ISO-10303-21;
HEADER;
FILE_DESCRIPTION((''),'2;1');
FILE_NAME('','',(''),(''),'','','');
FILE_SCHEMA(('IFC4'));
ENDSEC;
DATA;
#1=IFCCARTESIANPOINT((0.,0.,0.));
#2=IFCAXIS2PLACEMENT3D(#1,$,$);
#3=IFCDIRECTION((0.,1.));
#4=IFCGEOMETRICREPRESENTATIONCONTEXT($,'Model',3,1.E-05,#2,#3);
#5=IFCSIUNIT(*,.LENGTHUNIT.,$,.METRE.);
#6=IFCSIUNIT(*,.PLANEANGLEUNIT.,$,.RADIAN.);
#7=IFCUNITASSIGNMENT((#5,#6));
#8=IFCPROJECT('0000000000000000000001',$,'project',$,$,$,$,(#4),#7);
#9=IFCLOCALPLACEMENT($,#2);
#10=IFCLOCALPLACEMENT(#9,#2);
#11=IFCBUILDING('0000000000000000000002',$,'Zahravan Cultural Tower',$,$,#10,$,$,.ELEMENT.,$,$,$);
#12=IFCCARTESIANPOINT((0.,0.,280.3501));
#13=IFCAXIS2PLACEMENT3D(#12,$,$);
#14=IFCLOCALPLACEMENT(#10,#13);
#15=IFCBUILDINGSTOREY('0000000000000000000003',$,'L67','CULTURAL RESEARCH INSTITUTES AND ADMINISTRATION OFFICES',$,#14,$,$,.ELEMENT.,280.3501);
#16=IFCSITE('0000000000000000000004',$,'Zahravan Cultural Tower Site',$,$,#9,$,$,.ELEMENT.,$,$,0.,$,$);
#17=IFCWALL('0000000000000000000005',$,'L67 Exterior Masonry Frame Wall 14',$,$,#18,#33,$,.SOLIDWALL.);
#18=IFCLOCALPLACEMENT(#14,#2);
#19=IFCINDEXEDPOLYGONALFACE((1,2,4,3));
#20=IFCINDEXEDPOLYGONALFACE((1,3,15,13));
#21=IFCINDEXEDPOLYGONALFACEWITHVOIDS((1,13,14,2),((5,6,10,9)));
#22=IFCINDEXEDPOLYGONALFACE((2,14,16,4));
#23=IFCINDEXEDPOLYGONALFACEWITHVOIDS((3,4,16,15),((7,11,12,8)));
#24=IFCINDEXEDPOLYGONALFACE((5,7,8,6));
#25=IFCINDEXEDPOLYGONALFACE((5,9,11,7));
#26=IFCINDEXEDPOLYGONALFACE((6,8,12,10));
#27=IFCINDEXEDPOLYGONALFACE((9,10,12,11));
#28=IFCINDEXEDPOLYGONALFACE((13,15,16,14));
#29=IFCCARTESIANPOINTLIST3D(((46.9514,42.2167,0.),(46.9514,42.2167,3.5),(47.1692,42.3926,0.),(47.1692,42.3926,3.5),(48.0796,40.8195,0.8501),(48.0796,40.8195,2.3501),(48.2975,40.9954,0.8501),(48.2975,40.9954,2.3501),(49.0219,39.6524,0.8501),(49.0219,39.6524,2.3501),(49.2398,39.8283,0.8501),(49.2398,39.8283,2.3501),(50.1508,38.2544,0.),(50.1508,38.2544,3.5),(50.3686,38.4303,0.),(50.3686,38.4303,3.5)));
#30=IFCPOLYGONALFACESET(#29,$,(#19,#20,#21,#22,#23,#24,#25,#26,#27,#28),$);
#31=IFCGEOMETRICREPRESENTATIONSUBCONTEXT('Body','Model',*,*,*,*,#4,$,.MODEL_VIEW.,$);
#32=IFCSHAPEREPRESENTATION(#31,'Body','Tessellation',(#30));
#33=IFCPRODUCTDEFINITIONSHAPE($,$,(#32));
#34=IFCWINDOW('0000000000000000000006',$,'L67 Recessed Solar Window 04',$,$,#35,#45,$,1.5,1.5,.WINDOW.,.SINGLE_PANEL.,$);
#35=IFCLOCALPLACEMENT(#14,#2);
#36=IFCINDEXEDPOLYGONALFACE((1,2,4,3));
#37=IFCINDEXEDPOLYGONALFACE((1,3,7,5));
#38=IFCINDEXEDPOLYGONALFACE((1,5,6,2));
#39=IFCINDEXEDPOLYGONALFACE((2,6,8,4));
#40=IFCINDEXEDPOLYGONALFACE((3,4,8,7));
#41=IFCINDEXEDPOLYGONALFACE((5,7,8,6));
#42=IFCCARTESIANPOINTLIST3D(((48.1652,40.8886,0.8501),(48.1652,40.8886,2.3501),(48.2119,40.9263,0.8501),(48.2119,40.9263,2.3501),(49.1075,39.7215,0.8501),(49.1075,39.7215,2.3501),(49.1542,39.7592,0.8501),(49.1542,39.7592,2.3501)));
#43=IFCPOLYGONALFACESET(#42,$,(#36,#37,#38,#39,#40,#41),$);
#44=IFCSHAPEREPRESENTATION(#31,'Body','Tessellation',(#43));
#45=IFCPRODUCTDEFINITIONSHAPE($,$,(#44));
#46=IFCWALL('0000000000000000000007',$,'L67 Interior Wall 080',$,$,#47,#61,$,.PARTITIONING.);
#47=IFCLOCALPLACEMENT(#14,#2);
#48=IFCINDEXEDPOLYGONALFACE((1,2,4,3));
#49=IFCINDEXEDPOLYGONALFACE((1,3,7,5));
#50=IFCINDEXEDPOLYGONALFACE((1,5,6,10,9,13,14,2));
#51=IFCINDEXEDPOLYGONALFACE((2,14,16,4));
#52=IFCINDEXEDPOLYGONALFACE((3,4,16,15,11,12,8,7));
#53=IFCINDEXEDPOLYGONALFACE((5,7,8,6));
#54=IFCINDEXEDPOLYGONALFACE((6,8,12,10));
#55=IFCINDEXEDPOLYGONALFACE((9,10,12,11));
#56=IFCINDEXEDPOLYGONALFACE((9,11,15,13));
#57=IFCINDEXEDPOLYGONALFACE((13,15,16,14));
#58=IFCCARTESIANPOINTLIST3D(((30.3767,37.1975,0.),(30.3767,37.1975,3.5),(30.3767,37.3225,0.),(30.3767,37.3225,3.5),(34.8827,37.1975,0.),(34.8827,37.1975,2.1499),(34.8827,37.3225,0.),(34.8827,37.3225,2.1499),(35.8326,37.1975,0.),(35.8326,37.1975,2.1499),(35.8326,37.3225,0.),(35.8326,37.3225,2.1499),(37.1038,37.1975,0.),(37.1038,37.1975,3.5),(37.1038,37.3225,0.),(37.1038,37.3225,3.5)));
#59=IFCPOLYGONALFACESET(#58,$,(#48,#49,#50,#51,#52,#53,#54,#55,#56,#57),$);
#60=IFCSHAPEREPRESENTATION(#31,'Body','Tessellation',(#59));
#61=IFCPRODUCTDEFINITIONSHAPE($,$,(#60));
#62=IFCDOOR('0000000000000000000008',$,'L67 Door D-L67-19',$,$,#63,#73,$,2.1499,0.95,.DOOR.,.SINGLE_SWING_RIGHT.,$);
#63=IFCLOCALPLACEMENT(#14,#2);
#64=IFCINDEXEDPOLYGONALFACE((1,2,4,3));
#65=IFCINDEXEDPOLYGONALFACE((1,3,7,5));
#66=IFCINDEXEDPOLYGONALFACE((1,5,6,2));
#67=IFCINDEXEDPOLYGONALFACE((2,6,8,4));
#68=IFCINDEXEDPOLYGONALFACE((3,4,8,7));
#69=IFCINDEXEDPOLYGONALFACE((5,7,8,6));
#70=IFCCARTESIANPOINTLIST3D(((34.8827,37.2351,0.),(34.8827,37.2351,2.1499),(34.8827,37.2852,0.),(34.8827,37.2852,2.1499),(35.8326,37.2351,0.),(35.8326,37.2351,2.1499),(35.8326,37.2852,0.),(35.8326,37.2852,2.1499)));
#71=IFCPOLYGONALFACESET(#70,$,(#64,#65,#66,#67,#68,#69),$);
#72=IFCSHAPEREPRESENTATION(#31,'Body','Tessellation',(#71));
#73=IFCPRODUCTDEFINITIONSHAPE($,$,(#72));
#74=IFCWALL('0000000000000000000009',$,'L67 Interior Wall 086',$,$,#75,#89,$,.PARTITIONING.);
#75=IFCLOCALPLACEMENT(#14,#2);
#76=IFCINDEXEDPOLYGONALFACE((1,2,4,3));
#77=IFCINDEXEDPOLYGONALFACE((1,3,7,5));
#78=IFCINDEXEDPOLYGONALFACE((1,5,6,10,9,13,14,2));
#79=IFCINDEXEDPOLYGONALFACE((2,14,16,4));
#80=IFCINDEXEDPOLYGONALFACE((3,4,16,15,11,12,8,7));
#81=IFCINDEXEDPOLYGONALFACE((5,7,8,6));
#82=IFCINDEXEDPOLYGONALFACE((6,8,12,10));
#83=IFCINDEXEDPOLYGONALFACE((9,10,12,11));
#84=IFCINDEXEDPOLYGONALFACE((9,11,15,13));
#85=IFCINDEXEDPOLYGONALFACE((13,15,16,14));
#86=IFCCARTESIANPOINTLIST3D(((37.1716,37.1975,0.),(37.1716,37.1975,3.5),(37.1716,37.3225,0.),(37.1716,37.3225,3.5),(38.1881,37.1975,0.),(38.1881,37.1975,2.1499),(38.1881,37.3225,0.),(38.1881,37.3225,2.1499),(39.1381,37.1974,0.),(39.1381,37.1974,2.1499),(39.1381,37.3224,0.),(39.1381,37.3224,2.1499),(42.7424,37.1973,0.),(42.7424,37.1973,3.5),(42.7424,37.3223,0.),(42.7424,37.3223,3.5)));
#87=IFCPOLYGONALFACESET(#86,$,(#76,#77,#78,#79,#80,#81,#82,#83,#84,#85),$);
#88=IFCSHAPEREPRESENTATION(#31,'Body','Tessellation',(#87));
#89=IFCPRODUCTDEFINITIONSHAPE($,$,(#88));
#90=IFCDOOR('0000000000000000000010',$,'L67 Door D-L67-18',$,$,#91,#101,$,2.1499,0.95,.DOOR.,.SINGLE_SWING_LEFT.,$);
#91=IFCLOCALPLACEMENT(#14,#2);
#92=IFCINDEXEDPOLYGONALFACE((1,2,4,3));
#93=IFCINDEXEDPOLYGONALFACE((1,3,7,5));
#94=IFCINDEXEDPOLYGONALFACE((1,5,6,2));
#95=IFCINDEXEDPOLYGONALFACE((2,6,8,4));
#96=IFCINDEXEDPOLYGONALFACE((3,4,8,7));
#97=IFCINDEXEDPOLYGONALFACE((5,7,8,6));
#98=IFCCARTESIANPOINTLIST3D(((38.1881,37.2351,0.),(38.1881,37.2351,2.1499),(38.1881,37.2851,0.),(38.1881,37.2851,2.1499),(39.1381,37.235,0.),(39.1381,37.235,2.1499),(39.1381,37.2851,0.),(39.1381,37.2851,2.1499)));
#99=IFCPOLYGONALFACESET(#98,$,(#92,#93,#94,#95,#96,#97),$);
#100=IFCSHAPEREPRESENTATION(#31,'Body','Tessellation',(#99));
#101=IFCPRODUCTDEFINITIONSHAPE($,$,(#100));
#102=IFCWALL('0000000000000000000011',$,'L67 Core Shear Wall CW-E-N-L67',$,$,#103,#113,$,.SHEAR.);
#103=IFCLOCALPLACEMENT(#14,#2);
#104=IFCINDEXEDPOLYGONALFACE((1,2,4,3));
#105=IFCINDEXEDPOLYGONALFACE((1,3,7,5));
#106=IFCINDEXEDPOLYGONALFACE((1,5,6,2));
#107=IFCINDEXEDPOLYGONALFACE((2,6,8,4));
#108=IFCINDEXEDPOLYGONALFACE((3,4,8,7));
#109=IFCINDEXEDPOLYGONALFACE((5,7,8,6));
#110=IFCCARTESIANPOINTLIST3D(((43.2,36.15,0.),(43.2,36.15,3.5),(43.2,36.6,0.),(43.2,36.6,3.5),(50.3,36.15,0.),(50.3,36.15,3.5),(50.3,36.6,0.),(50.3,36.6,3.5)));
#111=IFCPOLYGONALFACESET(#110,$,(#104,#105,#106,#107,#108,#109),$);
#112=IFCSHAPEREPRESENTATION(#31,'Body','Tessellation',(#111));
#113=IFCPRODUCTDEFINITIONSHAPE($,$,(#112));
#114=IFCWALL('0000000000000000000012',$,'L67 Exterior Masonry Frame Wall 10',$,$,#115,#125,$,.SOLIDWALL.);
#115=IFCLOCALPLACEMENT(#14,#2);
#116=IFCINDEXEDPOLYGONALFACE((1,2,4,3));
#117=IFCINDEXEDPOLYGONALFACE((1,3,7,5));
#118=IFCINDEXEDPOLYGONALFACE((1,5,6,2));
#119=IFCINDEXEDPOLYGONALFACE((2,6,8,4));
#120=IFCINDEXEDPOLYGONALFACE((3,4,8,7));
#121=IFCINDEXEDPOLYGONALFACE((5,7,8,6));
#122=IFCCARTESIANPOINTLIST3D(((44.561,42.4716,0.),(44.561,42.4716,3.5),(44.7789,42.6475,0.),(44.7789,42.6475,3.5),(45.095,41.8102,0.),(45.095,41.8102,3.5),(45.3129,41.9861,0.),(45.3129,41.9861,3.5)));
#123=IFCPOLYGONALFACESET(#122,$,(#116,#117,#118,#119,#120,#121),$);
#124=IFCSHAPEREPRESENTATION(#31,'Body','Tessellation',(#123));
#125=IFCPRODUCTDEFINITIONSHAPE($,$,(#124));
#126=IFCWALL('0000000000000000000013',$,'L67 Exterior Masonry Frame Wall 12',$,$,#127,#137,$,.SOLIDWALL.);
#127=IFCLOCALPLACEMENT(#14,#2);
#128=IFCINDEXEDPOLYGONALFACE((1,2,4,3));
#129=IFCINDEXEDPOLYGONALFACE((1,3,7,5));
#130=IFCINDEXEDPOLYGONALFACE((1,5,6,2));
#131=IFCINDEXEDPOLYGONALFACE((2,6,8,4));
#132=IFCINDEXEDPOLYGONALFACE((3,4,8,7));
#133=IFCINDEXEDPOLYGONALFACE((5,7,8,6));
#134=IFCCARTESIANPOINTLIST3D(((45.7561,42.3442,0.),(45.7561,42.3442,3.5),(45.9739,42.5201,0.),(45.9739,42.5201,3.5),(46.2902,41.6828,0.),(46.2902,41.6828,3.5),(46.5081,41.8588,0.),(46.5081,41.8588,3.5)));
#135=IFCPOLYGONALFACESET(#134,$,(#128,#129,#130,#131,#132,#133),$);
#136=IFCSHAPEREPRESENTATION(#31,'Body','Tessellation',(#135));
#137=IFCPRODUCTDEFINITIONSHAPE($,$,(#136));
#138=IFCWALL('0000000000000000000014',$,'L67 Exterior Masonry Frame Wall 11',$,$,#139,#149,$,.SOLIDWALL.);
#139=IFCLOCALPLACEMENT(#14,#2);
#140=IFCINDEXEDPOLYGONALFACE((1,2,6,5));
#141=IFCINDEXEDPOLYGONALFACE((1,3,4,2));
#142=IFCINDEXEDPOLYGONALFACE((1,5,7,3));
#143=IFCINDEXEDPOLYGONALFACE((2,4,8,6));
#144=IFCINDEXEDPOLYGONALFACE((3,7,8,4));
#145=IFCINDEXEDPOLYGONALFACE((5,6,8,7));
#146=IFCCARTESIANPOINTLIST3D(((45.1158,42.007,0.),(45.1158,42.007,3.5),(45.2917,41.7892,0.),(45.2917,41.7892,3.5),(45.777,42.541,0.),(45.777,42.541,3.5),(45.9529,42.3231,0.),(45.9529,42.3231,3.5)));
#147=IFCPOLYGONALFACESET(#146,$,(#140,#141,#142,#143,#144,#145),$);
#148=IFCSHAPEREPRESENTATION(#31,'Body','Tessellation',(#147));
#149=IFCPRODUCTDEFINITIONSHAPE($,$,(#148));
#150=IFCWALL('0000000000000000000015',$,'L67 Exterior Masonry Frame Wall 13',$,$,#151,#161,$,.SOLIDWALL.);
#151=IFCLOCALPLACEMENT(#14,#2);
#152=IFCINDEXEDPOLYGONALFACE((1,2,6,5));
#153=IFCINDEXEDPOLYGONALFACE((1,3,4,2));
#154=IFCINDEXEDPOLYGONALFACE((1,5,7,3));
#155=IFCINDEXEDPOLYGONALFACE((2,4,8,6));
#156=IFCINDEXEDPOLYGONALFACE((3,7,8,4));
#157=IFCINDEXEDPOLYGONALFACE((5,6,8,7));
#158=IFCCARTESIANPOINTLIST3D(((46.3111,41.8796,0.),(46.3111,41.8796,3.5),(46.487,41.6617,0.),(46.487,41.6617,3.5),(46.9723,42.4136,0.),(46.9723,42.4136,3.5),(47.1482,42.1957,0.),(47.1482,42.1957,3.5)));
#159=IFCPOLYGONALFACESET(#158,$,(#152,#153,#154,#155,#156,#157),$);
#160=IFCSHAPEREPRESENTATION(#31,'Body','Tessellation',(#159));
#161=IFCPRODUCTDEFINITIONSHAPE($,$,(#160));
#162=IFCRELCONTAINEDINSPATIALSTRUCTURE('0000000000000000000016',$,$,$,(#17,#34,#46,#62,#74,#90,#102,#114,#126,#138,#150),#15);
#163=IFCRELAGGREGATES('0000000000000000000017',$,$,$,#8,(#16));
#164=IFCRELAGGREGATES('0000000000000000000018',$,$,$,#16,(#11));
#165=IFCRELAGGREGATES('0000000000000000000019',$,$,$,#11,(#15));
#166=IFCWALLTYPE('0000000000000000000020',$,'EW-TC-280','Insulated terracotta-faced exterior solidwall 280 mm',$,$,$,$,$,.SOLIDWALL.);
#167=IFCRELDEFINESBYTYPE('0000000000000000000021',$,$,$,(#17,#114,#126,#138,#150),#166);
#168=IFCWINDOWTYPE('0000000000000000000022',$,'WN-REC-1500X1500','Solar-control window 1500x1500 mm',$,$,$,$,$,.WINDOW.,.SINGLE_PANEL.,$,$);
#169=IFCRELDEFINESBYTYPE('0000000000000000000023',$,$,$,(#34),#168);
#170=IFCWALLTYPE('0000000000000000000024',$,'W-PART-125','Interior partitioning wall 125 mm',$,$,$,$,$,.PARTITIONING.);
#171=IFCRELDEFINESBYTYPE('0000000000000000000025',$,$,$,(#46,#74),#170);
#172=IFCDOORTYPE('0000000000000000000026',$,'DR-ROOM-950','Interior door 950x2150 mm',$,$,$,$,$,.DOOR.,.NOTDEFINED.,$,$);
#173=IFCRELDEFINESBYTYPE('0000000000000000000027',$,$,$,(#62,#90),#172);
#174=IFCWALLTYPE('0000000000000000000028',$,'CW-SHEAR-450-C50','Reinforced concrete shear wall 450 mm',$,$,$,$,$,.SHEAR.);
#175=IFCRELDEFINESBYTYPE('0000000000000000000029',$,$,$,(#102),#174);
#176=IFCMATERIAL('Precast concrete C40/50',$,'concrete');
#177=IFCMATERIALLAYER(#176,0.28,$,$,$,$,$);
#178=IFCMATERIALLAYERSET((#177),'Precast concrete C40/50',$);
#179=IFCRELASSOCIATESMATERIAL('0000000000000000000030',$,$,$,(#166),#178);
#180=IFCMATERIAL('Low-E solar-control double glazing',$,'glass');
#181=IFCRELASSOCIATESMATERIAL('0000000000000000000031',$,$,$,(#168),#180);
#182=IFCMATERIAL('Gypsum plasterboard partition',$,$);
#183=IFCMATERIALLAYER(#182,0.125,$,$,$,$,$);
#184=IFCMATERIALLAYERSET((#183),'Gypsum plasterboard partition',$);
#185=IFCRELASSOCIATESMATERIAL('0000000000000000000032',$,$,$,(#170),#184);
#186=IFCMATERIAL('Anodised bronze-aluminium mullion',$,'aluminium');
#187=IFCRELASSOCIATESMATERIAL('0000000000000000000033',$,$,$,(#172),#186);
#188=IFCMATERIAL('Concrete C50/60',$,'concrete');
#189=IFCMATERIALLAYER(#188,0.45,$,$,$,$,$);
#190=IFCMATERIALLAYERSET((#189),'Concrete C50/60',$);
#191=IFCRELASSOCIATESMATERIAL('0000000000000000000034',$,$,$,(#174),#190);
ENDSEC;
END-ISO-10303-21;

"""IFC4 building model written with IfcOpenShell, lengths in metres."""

from ifc_helpers import new_model, si_unit, direction, frame, frame_2d, origin, place, context, subcontext, project, spatial, rectangle, extrude, source, transform, mapped, material, layer, layer_set, type_object, element, fill, save


model = new_model("IFC4")

# Units and contexts
model_context = context("Model", 3, precision=1e-05, world=origin(), true_north=direction((0.0, 1.0)))
body_context = subcontext(model_context, "Body", "Model", "MODEL_VIEW")
ifc_project = project(units=[si_unit("LENGTHUNIT", "METRE"), si_unit("PLANEANGLEUNIT", "RADIAN")], contexts=[model_context])

# Site, building, storey
site_placement = place(None, origin())
site = spatial("IfcSite", under=ifc_project, at=site_placement, Name="Zahravan Cultural Tower Site", CompositionType="ELEMENT", RefElevation=0.0)
building_placement = place(site_placement, origin())
building = spatial("IfcBuilding", under=site, at=building_placement, Name="Zahravan Cultural Tower", CompositionType="ELEMENT")
storey_placement = place(building_placement, frame((0.0, 0.0, 280.3501)))
storey = spatial("IfcBuildingStorey", under=building, at=storey_placement, Name="L67", Description="CULTURAL RESEARCH INSTITUTES AND ADMINISTRATION OFFICES", CompositionType="ELEMENT", Elevation=280.3501)

# Shared definitions
ifc_material_1 = material(Name="Concrete C50/60", Category="concrete")

# Wall, opening, window
ifc_material_2 = material(Name="Precast concrete C40/50", Category="concrete")
ifc_layer_1 = layer(ifc_material_2, 0.28)
ifc_layer_set_1 = layer_set([ifc_layer_1], Name="Precast concrete C40/50")
wall_type_1 = type_object("IfcWallType", Name="EW-TC-280", Description="Insulated terracotta-faced exterior solidwall 280 mm", PredefinedType="SOLIDWALL", material=ifc_layer_set_1)
ifc_material_3 = material(Name="Low-E solar-control double glazing", Category="glass")
window_type = type_object("IfcWindowType", Name="WN-REC-1500X1500", Description="Solar-control window 1500x1500 mm", PartitioningType="SINGLE_PANEL", PredefinedType="WINDOW", material=ifc_material_3)
shared_shape_1 = source(origin(), body_context, "Body", "SweptSolid", [
    extrude(rectangle(XDim=1.5, YDim=1.5, at=frame_2d((0.75, 0.75))), frame((0.0, 0.03, 0.0), z_axis=(0.0, -1.0, 0.0), x_axis=(1.0, 0.0, 0.0)), (0.0, 0.0, 1.0), 0.0601),
])
wall_1_placement = place(storey_placement, frame((47.0603, 42.3047, 0.0), z_axis=(0.0, 0.0, 1.0), x_axis=(0.628226, -0.778031, 0.0)))
wall_1 = element("IfcWall", 1, at=wall_1_placement, inside=storey, type_object=wall_type_1, Name="L67 Exterior Masonry Frame Wall 14", PredefinedType="SOLIDWALL", context=body_context, shape_type="SweptSolid", body=[
    extrude(rectangle(XDim=5.0928, YDim=0.28, at=frame_2d((2.5464, 0.0))), origin(), (0.0, 0.0, 1.0), 3.5),
])
opening_1_placement = place(wall_1_placement, frame((1.7959, 0.0, 0.8501)))
opening_1 = element("IfcOpeningElement", 2, at=opening_1_placement, cuts=wall_1, PredefinedType="OPENING", context=body_context, shape_type="SweptSolid", body=[
    extrude(rectangle(XDim=1.5, YDim=1.5, at=frame_2d((0.75, 0.75))), frame((0.0, 0.1499, 0.0), z_axis=(0.0, -1.0, 0.0), x_axis=(1.0, 0.0, 0.0)), (0.0, 0.0, 1.0), 0.3),
])
window_1_placement = place(opening_1_placement, origin())
window_1 = element("IfcWindow", 3, at=window_1_placement, inside=storey, type_object=window_type, Name="L67 Recessed Solar Window 04", OverallHeight=1.5, OverallWidth=1.5, PartitioningType="SINGLE_PANEL", PredefinedType="WINDOW", context=body_context, shape_type="MappedRepresentation", body=[
    mapped(shared_shape_1, transform((0.0, 0.0, 0.0), x_axis=(1.0, 0.0, 0.0), y_axis=(0.0, 1.0, 0.0), z_axis=(0.0, 0.0, 1.0), scale=1.0)),
])
fill(opening_1, window_1)

# Walls, openings, doors
ifc_material_4 = material(Name="Gypsum plasterboard partition")
ifc_layer_2 = layer(ifc_material_4, 0.125)
ifc_layer_set_2 = layer_set([ifc_layer_2], Name="Gypsum plasterboard partition")
wall_type_2 = type_object("IfcWallType", Name="W-PART-125", Description="Interior partitioning wall 125 mm", PredefinedType="PARTITIONING", material=ifc_layer_set_2)
wall_2_placement = place(storey_placement, frame((37.1038, 37.26, 0.0), z_axis=(0.0, 0.0, 1.0), x_axis=(-1.0, 0.0, 0.0)))
wall_2 = element("IfcWall", 4, at=wall_2_placement, inside=storey, type_object=wall_type_2, Name="L67 Interior Wall 080", PredefinedType="PARTITIONING", context=body_context, shape_type="SweptSolid", body=[
    extrude(rectangle(XDim=6.7271, YDim=0.125, at=frame_2d((3.3635, 0.0))), origin(), (0.0, 0.0, 1.0), 3.5),
])
opening_2_placement = place(wall_2_placement, frame((1.271, 0.0, 0.0)))
opening_2 = element("IfcOpeningElement", 5, at=opening_2_placement, cuts=wall_2, PredefinedType="OPENING", context=body_context, shape_type="SweptSolid", body=[
    extrude(rectangle(XDim=0.95, YDim=2.1499, at=frame_2d((0.4751, 1.075))), frame((0.0, 0.0725, 0.0), z_axis=(0.0, -1.0, 0.0), x_axis=(1.0, 0.0, 0.0)), (0.0, 0.0, 1.0), 0.145),
])
ifc_material_5 = material(Name="Anodised bronze-aluminium mullion", Category="aluminium")
door_type = type_object("IfcDoorType", Name="DR-ROOM-950", Description="Interior door 950x2150 mm", OperationType="NOTDEFINED", PredefinedType="DOOR", material=ifc_material_5)
shared_shape_2 = source(origin(), body_context, "Body", "SweptSolid", [
    extrude(rectangle(XDim=0.95, YDim=2.1499, at=frame_2d((0.4751, 1.075))), frame((0.0, 0.0249, 0.0), z_axis=(0.0, -1.0, 0.0), x_axis=(1.0, 0.0, 0.0)), (0.0, 0.0, 1.0), 0.05),
])
door_1_placement = place(opening_2_placement, origin())
door_1 = element("IfcDoor", 6, at=door_1_placement, inside=storey, type_object=door_type, Name="L67 Door D-L67-19", OperationType="SINGLE_SWING_RIGHT", OverallHeight=2.1499, OverallWidth=0.95, PredefinedType="DOOR", context=body_context, shape_type="MappedRepresentation", body=[
    mapped(shared_shape_2, transform((0.0, 0.0, 0.0), x_axis=(1.0, 0.0, 0.0), y_axis=(0.0, 1.0, 0.0), z_axis=(0.0, 0.0, 1.0), scale=1.0)),
])
fill(opening_2, door_1)
wall_3_placement = place(storey_placement, frame((42.7424, 37.2598, 0.0), z_axis=(0.0, 0.0, 1.0), x_axis=(-1.0, 0.000044, 0.0)))
wall_3 = element("IfcWall", 7, at=wall_3_placement, inside=storey, type_object=wall_type_2, Name="L67 Interior Wall 086", PredefinedType="PARTITIONING", context=body_context, shape_type="SweptSolid", body=[
    extrude(rectangle(XDim=5.5708, YDim=0.125, at=frame_2d((2.7854, 0.0))), origin(), (0.0, 0.0, 1.0), 3.5),
])
opening_3_placement = place(wall_3_placement, frame((3.6042, 0.0, 0.0)))
opening_3 = element("IfcOpeningElement", 8, at=opening_3_placement, cuts=wall_3, PredefinedType="OPENING", context=body_context, shape_type="SweptSolid", body=[
    extrude(rectangle(XDim=0.95, YDim=2.1499, at=frame_2d((0.4751, 1.075))), frame((0.0, 0.0725, 0.0), z_axis=(0.0, -1.0, 0.0), x_axis=(1.0, 0.0, 0.0)), (0.0, 0.0, 1.0), 0.145),
])
door_2_placement = place(opening_3_placement, origin())
door_2 = element("IfcDoor", 9, at=door_2_placement, inside=storey, type_object=door_type, Name="L67 Door D-L67-18", OperationType="SINGLE_SWING_LEFT", OverallHeight=2.1499, OverallWidth=0.95, PredefinedType="DOOR", context=body_context, shape_type="MappedRepresentation", body=[
    mapped(shared_shape_2, transform((0.0, 0.0, 0.0), x_axis=(1.0, 0.0, 0.0), y_axis=(0.0, 1.0, 0.0), z_axis=(0.0, 0.0, 1.0), scale=1.0)),
])
fill(opening_3, door_2)

# Walls
ifc_layer_3 = layer(ifc_material_1, 0.45)
ifc_layer_set_3 = layer_set([ifc_layer_3], Name="Concrete C50/60")
wall_type_3 = type_object("IfcWallType", Name="CW-SHEAR-450-C50", Description="Reinforced concrete shear wall 450 mm", PredefinedType="SHEAR", material=ifc_layer_set_3)
shared_shape_3 = source(origin(), body_context, "Body", "SweptSolid", [
    extrude(rectangle(XDim=7.1001, YDim=0.45, at=frame_2d((3.55, 0.0))), origin(), (0.0, 0.0, 1.0), 3.5),
])
wall_4_placement = place(storey_placement, frame((43.2, 36.375, 0.0), z_axis=(0.0, 0.0, 1.0), x_axis=(1.0, 0.0, 0.0)))
element("IfcWall", 10, at=wall_4_placement, inside=storey, type_object=wall_type_3, Name="L67 Core Shear Wall CW-E-N-L67", PredefinedType="SHEAR", context=body_context, shape_type="MappedRepresentation", body=[
    mapped(shared_shape_3, transform((0.0, 0.0, 0.0), x_axis=(1.0, 0.0, 0.0), y_axis=(0.0, 1.0, 0.0), z_axis=(0.0, 0.0, 1.0), scale=1.0)),
])
shared_shape_4 = source(origin(), body_context, "Body", "SweptSolid", [
    extrude(rectangle(XDim=0.8501, YDim=0.28, at=frame_2d((0.425, 0.0))), origin(), (0.0, 0.0, 1.0), 3.5),
])
for number, where, z_axis, x_axis, name in (
    (11, (44.6699, 42.5596, 0.0), (0.0, 0.0, 1.0), (0.628157, -0.778087, 0.0), "L67 Exterior Masonry Frame Wall 10"),
    (12, (45.865, 42.4321, 0.0), (0.0, 0.0, 1.0), (0.62833, -0.777947, 0.0), "L67 Exterior Masonry Frame Wall 12"),
):
    element("IfcWall", number, at=place(storey_placement, frame(where, z_axis=z_axis, x_axis=x_axis)), inside=storey, type_object=wall_type_1, Name=name, PredefinedType="SOLIDWALL", context=body_context, shape_type="MappedRepresentation", body=[
        mapped(shared_shape_4, transform((0.0, 0.0, 0.0), x_axis=(1.0, 0.0, 0.0), y_axis=(0.0, 1.0, 0.0), z_axis=(0.0, 0.0, 1.0), scale=1.0)),
    ])
shared_shape_5 = source(origin(), body_context, "Body", "SweptSolid", [
    extrude(rectangle(XDim=0.8499, YDim=0.28, at=frame_2d((0.4248, 0.0))), origin(), (0.0, 0.0, 1.0), 3.5),
])
for number, where, z_axis, x_axis, name in (
    (13, (45.2039, 41.8982, 0.0), (0.0, 0.0, 1.0), (0.777974, 0.628297, 0.0), "L67 Exterior Masonry Frame Wall 11"),
    (14, (46.3992, 41.7708, 0.0), (0.0, 0.0, 1.0), (0.777974, 0.628297, 0.0), "L67 Exterior Masonry Frame Wall 13"),
):
    element("IfcWall", number, at=place(storey_placement, frame(where, z_axis=z_axis, x_axis=x_axis)), inside=storey, type_object=wall_type_1, Name=name, PredefinedType="SOLIDWALL", context=body_context, shape_type="MappedRepresentation", body=[
        mapped(shared_shape_5, transform((0.0, 0.0, 0.0), x_axis=(1.0, 0.0, 0.0), y_axis=(0.0, 1.0, 0.0), z_axis=(0.0, 0.0, 1.0), scale=1.0)),
    ])

save(model, "model.ifc")
